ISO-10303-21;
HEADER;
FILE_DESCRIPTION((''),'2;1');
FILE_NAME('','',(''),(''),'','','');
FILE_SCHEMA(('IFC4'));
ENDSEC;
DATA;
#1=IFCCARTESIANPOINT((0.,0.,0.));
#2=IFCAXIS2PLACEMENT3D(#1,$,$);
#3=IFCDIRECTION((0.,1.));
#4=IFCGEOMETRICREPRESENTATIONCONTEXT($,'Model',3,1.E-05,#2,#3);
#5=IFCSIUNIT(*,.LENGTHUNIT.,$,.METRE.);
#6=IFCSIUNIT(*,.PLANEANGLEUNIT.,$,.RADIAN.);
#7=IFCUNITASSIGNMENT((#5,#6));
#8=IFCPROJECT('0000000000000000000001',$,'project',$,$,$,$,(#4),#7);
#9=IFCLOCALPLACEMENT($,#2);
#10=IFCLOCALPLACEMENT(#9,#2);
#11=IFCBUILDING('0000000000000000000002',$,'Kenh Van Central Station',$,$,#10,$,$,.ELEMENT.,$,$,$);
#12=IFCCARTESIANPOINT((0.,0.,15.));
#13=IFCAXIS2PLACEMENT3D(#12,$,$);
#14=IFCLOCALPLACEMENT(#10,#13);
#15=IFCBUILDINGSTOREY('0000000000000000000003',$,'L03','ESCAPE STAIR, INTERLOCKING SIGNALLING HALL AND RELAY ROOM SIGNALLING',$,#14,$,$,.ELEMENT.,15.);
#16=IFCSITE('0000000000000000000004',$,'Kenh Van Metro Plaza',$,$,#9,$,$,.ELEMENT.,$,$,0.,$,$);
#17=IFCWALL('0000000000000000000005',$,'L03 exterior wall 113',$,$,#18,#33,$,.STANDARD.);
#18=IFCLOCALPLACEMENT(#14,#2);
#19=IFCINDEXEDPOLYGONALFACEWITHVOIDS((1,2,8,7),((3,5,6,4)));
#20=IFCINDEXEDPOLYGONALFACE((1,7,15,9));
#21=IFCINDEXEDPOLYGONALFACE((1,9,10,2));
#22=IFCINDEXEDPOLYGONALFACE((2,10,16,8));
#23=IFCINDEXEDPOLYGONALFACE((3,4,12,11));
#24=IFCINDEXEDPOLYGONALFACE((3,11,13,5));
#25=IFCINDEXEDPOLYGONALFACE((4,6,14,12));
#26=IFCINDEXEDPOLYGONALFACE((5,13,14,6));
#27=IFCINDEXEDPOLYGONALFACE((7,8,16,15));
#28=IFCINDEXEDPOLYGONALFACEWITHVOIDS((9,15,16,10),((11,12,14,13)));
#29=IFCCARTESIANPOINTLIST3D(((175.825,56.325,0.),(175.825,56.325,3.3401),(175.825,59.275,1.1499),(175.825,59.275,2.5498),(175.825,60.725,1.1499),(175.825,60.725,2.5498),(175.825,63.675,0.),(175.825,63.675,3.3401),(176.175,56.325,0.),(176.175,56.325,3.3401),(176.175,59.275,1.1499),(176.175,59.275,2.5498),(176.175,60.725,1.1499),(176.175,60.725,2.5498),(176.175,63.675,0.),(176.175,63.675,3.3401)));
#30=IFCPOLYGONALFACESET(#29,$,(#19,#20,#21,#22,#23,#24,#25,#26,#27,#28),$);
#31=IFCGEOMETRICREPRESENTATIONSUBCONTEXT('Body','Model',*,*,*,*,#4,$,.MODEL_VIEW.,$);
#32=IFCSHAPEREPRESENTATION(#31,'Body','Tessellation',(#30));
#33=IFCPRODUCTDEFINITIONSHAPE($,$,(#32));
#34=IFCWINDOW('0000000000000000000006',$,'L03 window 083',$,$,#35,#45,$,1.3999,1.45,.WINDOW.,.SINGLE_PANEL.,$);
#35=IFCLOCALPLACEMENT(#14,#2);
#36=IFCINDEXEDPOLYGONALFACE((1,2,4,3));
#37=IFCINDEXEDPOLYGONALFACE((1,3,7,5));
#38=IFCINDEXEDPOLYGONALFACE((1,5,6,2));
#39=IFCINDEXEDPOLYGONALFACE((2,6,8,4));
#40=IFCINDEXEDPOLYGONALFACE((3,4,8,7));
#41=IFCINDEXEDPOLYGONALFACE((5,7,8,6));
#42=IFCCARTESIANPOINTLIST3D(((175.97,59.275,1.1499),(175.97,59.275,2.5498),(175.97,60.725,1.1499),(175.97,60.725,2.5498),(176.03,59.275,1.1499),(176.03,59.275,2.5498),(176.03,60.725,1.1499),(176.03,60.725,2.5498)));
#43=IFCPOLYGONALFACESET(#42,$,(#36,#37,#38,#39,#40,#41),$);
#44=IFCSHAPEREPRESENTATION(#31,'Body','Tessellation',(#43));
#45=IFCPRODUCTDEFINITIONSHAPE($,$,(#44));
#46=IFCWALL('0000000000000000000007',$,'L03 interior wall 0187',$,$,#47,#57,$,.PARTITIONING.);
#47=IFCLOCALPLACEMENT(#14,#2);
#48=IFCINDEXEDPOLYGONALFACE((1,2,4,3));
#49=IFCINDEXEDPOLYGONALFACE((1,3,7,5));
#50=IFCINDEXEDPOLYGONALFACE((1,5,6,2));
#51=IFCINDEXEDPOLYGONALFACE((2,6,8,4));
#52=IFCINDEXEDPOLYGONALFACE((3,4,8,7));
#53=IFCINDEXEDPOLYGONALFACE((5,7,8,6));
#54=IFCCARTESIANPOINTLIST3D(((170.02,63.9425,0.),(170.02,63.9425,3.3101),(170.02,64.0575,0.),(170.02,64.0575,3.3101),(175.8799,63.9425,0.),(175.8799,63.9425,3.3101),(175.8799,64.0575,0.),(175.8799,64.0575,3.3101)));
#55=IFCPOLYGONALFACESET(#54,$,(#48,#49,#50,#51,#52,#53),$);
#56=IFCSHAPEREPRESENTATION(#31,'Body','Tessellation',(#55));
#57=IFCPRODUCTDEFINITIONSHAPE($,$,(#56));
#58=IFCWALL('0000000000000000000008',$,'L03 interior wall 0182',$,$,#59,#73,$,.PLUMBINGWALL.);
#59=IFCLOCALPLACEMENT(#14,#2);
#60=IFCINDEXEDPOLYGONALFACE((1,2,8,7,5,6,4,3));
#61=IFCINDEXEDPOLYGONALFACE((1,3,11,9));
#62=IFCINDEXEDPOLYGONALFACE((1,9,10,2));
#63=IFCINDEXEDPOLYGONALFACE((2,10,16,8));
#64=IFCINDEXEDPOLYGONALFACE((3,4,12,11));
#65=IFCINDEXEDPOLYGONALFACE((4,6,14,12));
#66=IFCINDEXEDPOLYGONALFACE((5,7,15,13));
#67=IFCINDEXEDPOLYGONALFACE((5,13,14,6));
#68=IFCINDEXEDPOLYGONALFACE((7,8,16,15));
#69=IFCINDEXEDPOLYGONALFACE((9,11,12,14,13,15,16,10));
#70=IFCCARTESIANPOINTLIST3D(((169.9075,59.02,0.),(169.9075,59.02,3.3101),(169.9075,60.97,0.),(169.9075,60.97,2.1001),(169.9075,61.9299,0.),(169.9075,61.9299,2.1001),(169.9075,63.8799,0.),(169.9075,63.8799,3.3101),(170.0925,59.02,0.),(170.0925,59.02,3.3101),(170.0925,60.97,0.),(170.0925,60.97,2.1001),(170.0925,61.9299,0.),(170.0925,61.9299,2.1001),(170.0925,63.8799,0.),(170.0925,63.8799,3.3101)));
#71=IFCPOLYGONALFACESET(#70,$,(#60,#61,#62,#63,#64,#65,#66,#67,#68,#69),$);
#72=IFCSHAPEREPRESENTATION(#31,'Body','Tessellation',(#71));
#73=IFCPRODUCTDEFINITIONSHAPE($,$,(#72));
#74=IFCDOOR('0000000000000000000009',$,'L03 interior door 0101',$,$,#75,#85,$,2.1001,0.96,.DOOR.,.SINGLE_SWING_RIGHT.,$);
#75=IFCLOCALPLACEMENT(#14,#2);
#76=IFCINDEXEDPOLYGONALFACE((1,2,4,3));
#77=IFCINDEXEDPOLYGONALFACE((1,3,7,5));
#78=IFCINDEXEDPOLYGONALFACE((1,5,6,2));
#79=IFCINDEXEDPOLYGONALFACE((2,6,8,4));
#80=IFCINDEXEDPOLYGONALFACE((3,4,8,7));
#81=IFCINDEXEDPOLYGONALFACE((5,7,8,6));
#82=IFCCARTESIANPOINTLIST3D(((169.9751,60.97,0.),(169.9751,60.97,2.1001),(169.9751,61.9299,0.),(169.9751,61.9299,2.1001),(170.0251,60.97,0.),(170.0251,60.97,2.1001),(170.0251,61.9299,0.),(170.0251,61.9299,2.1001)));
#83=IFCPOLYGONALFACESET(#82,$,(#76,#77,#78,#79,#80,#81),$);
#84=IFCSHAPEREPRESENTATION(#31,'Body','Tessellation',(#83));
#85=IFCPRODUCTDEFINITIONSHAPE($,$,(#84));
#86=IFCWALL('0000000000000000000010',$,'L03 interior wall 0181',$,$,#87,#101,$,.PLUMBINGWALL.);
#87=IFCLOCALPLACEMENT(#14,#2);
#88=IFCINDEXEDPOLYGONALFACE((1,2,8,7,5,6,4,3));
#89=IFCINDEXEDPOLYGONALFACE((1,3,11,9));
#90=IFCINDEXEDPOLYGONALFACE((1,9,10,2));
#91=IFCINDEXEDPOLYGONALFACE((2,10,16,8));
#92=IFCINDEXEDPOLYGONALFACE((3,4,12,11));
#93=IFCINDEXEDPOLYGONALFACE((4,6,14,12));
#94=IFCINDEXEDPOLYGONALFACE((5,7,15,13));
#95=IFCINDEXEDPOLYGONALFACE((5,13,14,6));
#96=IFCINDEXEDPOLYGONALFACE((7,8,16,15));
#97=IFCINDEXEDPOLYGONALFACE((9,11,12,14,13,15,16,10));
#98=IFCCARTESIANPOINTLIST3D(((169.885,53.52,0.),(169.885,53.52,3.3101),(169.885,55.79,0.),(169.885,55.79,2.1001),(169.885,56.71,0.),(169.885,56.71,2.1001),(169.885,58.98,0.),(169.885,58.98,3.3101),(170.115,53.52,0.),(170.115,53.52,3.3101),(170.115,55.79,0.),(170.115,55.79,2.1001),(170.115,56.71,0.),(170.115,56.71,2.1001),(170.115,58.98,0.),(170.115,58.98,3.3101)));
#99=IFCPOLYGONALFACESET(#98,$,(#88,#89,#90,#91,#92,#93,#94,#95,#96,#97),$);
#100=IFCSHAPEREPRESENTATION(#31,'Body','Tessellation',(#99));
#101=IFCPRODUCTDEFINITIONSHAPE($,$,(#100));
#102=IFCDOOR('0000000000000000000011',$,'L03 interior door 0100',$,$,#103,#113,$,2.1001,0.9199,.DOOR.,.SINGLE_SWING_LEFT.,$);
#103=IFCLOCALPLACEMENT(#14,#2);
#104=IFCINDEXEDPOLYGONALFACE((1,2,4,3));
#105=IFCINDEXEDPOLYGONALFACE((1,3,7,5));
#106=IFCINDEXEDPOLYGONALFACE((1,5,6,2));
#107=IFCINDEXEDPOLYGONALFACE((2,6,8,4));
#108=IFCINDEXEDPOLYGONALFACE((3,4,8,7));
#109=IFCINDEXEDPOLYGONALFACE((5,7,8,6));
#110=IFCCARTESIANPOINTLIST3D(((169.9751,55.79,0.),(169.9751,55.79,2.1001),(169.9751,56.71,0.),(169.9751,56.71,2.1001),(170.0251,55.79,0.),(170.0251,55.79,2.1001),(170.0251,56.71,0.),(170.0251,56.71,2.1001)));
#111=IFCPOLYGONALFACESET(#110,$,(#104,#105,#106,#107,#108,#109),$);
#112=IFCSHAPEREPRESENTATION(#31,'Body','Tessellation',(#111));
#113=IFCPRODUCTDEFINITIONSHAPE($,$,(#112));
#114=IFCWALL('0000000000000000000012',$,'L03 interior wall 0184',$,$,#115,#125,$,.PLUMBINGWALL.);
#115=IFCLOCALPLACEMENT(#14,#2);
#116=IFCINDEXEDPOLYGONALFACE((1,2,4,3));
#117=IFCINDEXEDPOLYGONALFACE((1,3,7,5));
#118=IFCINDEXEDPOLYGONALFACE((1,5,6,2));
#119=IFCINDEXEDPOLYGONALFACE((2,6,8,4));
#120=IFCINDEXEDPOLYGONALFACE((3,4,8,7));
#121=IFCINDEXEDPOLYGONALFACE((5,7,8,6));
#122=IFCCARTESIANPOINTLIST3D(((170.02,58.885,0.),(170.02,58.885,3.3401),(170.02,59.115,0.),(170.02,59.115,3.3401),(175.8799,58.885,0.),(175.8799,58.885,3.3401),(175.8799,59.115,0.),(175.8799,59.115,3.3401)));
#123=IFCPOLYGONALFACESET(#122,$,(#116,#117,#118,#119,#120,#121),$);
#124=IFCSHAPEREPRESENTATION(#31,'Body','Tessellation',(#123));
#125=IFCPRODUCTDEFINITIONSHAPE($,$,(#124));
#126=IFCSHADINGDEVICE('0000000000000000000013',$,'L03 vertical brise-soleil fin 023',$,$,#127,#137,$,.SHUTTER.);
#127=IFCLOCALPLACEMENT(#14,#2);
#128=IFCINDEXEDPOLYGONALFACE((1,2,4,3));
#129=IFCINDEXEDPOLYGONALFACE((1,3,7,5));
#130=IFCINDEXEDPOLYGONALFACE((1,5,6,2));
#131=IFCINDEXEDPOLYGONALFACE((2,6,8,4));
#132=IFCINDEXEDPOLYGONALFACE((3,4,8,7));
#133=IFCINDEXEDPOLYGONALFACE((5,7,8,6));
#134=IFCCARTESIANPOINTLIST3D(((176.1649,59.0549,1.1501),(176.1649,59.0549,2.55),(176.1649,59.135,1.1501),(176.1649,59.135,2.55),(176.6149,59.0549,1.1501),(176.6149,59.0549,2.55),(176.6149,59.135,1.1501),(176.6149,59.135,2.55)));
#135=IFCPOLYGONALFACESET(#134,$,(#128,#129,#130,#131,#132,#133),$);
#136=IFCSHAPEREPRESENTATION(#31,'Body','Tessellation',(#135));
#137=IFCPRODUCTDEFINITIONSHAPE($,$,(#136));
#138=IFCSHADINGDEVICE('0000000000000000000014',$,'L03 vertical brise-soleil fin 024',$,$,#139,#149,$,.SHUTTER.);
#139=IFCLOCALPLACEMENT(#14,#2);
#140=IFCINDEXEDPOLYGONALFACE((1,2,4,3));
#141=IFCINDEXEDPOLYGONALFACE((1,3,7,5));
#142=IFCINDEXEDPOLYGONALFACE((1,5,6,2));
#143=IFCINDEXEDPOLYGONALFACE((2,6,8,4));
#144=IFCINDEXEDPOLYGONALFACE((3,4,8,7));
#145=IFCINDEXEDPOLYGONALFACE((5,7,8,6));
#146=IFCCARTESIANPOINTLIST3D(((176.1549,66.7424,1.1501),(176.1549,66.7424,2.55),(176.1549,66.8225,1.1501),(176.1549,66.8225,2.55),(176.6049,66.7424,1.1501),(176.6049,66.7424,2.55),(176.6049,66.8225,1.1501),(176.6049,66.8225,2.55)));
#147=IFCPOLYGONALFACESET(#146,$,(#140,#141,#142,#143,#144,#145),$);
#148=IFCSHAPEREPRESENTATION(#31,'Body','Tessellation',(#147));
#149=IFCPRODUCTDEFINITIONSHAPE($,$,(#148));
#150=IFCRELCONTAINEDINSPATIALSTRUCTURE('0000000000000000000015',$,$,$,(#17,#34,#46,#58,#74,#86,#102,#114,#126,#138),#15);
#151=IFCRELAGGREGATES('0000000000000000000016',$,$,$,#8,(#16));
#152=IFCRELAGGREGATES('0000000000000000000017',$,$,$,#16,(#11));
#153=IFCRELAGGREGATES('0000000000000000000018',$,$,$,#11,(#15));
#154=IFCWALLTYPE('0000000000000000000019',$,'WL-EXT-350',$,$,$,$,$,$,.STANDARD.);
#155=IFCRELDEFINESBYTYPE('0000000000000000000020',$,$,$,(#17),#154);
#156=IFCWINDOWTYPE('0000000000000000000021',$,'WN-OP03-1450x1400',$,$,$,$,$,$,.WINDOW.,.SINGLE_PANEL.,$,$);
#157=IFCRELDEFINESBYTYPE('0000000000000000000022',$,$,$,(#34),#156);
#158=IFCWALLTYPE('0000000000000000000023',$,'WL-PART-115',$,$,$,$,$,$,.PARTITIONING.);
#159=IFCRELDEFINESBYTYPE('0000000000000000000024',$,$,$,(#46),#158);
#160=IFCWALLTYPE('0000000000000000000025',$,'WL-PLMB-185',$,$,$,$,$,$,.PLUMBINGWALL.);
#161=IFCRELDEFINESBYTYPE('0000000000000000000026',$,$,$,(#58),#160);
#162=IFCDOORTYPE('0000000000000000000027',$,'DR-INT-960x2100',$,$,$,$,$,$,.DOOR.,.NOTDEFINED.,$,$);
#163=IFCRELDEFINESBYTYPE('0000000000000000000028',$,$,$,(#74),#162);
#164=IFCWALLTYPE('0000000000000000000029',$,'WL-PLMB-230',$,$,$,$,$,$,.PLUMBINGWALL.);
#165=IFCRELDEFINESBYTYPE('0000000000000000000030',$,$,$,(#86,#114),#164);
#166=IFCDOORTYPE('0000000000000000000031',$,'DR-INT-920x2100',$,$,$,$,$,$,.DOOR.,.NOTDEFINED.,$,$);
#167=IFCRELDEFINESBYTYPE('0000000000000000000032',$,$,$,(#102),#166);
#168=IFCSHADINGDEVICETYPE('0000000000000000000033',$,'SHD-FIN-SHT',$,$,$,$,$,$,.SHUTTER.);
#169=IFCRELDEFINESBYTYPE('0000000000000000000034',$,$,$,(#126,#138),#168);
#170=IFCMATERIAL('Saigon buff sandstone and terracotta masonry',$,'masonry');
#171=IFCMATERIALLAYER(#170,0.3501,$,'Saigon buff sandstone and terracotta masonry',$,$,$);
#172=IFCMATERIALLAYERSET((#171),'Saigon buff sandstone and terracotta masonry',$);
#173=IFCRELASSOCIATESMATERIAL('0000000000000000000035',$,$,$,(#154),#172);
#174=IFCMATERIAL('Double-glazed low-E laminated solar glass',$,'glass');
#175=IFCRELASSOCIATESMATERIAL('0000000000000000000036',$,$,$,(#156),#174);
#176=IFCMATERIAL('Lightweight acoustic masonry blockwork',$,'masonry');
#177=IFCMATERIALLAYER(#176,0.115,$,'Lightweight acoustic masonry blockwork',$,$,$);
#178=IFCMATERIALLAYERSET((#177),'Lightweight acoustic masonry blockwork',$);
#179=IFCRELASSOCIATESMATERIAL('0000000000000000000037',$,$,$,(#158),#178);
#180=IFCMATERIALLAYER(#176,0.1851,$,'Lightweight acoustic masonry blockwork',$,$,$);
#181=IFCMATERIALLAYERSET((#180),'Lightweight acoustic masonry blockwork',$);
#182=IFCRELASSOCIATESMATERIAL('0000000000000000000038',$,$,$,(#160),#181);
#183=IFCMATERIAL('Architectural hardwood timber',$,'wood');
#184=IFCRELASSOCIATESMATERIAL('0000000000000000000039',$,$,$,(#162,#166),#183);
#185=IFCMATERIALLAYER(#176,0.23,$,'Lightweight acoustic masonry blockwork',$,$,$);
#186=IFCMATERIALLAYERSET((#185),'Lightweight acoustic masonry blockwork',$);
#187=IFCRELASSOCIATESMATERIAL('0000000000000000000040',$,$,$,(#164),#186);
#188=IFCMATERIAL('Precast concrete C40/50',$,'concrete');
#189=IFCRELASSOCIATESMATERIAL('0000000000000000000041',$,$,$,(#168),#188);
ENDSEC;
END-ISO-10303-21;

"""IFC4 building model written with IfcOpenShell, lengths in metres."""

from ifc_helpers import new_model, si_unit, direction, frame, frame_2d, origin, origin_2d, place, context, subcontext, project, spatial, rectangle, extrude, material, layer, layer_set, type_object, element, fill, save


model = new_model("IFC4")

# Units and contexts
model_context = context("Model", 3, precision=1e-05, world=origin(), true_north=direction((0.0, 1.0)))
body_context = subcontext(model_context, "Body", "Model", "MODEL_VIEW")
ifc_project = project(units=[si_unit("LENGTHUNIT", "METRE"), si_unit("PLANEANGLEUNIT", "RADIAN")], contexts=[model_context])

# Site, building, storey
site_placement = place(None, origin())
site = spatial("IfcSite", under=ifc_project, at=site_placement, Name="Kenh Van Metro Plaza", CompositionType="ELEMENT", RefElevation=0.0)
building_placement = place(site_placement, origin())
building = spatial("IfcBuilding", under=site, at=building_placement, Name="Kenh Van Central Station", CompositionType="ELEMENT")
storey_placement = place(building_placement, frame((0.0, 0.0, 15.0)))
storey = spatial("IfcBuildingStorey", under=building, at=storey_placement, Name="L03", Description="ESCAPE STAIR, INTERLOCKING SIGNALLING HALL AND RELAY ROOM SIGNALLING", CompositionType="ELEMENT", Elevation=15.0)

# Wall, opening, window
ifc_material_1 = material(Name="Saigon buff sandstone and terracotta masonry", Category="masonry")
ifc_material_2 = material(Name="Double-glazed low-E laminated solar glass", Category="glass")
ifc_layer_1 = layer(ifc_material_1, 0.3501, Name="Saigon buff sandstone and terracotta masonry")
ifc_layer_set_1 = layer_set([ifc_layer_1], Name="Saigon buff sandstone and terracotta masonry")
wall_type_1 = type_object("IfcWallType", Name="WL-EXT-350", PredefinedType="STANDARD", material=ifc_layer_set_1)
wall_1_placement = place(storey_placement, frame((176.0, 56.325, 0.0), z_axis=(0.0, 0.0, 1.0), x_axis=(0.0, 1.0, 0.0)))
wall_1 = element("IfcWall", 1, at=wall_1_placement, inside=storey, type_object=wall_type_1, Name="L03 exterior wall 113", PredefinedType="STANDARD", context=body_context, shape_type="SweptSolid", body=[
    extrude(rectangle(XDim=7.3501, YDim=0.3501, at=frame_2d((3.675, 0.0))), origin(), (0.0, 0.0, 1.0), 3.3401),
])
opening_1_placement = place(wall_1_placement, frame((2.95, 0.0, 1.1499)))
opening_1 = element("IfcOpeningElement", 2, at=opening_1_placement, cuts=wall_1, PredefinedType="OPENING", context=body_context, shape_type="SweptSolid", body=[
    extrude(rectangle(XDim=1.45, YDim=1.3999, at=frame_2d((0.7251, 0.7))), frame((0.0, 0.1851, 0.0), z_axis=(0.0, -1.0, 0.0), x_axis=(1.0, 0.0, 0.0)), (0.0, 0.0, 1.0), 0.3701),
])
window_type_1 = type_object("IfcWindowType", Name="WN-OP03-1450x1400", PartitioningType="SINGLE_PANEL", PredefinedType="WINDOW", material=ifc_material_2)
window_1_placement = place(opening_1_placement, origin())
window_1 = element("IfcWindow", 3, at=window_1_placement, inside=storey, type_object=window_type_1, Name="L03 window 083", OverallHeight=1.3999, OverallWidth=1.45, PartitioningType="SINGLE_PANEL", PredefinedType="WINDOW", context=body_context, shape_type="SweptSolid", body=[
    extrude(rectangle(XDim=1.45, YDim=1.3999, at=frame_2d((0.7251, 0.7))), frame((0.0, 0.03, 0.0), z_axis=(0.0, -1.0, 0.0), x_axis=(1.0, 0.0, 0.0)), (0.0, 0.0, 1.0), 0.0601),
])
fill(opening_1, window_1)

# Wall
ifc_material_3 = material(Name="Lightweight acoustic masonry blockwork", Category="masonry")
ifc_layer_2 = layer(ifc_material_3, 0.115, Name="Lightweight acoustic masonry blockwork")
ifc_layer_set_2 = layer_set([ifc_layer_2], Name="Lightweight acoustic masonry blockwork")
wall_type_2 = type_object("IfcWallType", Name="WL-PART-115", PredefinedType="PARTITIONING", material=ifc_layer_set_2)
wall_2_placement = place(storey_placement, frame((170.02, 64.0, 0.0), z_axis=(0.0, 0.0, 1.0), x_axis=(1.0, 0.0, 0.0)))
element("IfcWall", 4, at=wall_2_placement, inside=storey, type_object=wall_type_2, Name="L03 interior wall 0187", PredefinedType="PARTITIONING", context=body_context, shape_type="SweptSolid", body=[
    extrude(rectangle(XDim=5.8599, YDim=0.115, at=frame_2d((2.9299, 0.0))), origin(), (0.0, 0.0, 1.0), 3.3101),
])

# Walls, openings, doors
ifc_layer_3 = layer(ifc_material_3, 0.1851, Name="Lightweight acoustic masonry blockwork")
ifc_layer_set_3 = layer_set([ifc_layer_3], Name="Lightweight acoustic masonry blockwork")
wall_type_3 = type_object("IfcWallType", Name="WL-PLMB-185", PredefinedType="PLUMBINGWALL", material=ifc_layer_set_3)
wall_3_placement = place(storey_placement, frame((170.0, 59.02, 0.0), z_axis=(0.0, 0.0, 1.0), x_axis=(0.0, 1.0, 0.0)))
wall_3 = element("IfcWall", 5, at=wall_3_placement, inside=storey, type_object=wall_type_3, Name="L03 interior wall 0182", PredefinedType="PLUMBINGWALL", context=body_context, shape_type="SweptSolid", body=[
    extrude(rectangle(XDim=4.8599, YDim=0.1851, at=frame_2d((2.4299, 0.0))), origin(), (0.0, 0.0, 1.0), 3.3101),
])
opening_2_placement = place(wall_3_placement, frame((1.95, 0.0, 0.0)))
opening_2 = element("IfcOpeningElement", 6, at=opening_2_placement, cuts=wall_3, PredefinedType="OPENING", context=body_context, shape_type="SweptSolid", body=[
    extrude(rectangle(XDim=0.96, YDim=2.1001, at=frame_2d((0.48, 1.05))), frame((0.0, 0.1025, 0.0), z_axis=(0.0, -1.0, 0.0), x_axis=(1.0, 0.0, 0.0)), (0.0, 0.0, 1.0), 0.2051),
])
ifc_material_4 = material(Name="Architectural hardwood timber", Category="wood")
door_type_1 = type_object("IfcDoorType", Name="DR-INT-960x2100", OperationType="NOTDEFINED", PredefinedType="DOOR", material=ifc_material_4)
door_1_placement = place(opening_2_placement, origin())
door_1 = element("IfcDoor", 7, at=door_1_placement, inside=storey, type_object=door_type_1, Name="L03 interior door 0101", OperationType="SINGLE_SWING_RIGHT", OverallHeight=2.1001, OverallWidth=0.96, PredefinedType="DOOR", context=body_context, shape_type="SweptSolid", body=[
    extrude(rectangle(XDim=0.96, YDim=2.1001, at=frame_2d((0.48, 1.05))), frame((0.0, 0.0249, 0.0), z_axis=(0.0, -1.0, 0.0), x_axis=(1.0, 0.0, 0.0)), (0.0, 0.0, 1.0), 0.05),
])
fill(opening_2, door_1)
ifc_layer_4 = layer(ifc_material_3, 0.23, Name="Lightweight acoustic masonry blockwork")
ifc_layer_set_4 = layer_set([ifc_layer_4], Name="Lightweight acoustic masonry blockwork")
wall_type_4 = type_object("IfcWallType", Name="WL-PLMB-230", PredefinedType="PLUMBINGWALL", material=ifc_layer_set_4)
wall_4_placement = place(storey_placement, frame((170.0, 53.52, 0.0), z_axis=(0.0, 0.0, 1.0), x_axis=(0.0, 1.0, 0.0)))
wall_4 = element("IfcWall", 8, at=wall_4_placement, inside=storey, type_object=wall_type_4, Name="L03 interior wall 0181", PredefinedType="PLUMBINGWALL", context=body_context, shape_type="SweptSolid", body=[
    extrude(rectangle(XDim=5.46, YDim=0.23, at=frame_2d((2.73, 0.0))), origin(), (0.0, 0.0, 1.0), 3.3101),
])
opening_3_placement = place(wall_4_placement, frame((2.27, 0.0, 0.0)))
opening_3 = element("IfcOpeningElement", 9, at=opening_3_placement, cuts=wall_4, PredefinedType="OPENING", context=body_context, shape_type="SweptSolid", body=[
    extrude(rectangle(XDim=0.9199, YDim=2.1001, at=frame_2d((0.46, 1.05))), frame((0.0, 0.125, 0.0), z_axis=(0.0, -1.0, 0.0), x_axis=(1.0, 0.0, 0.0)), (0.0, 0.0, 1.0), 0.25),
])
door_type_2 = type_object("IfcDoorType", Name="DR-INT-920x2100", OperationType="NOTDEFINED", PredefinedType="DOOR", material=ifc_material_4)
door_2_placement = place(opening_3_placement, origin())
door_2 = element("IfcDoor", 10, at=door_2_placement, inside=storey, type_object=door_type_2, Name="L03 interior door 0100", OperationType="SINGLE_SWING_LEFT", OverallHeight=2.1001, OverallWidth=0.9199, PredefinedType="DOOR", context=body_context, shape_type="SweptSolid", body=[
    extrude(rectangle(XDim=0.9199, YDim=2.1001, at=frame_2d((0.46, 1.05))), frame((0.0, 0.0249, 0.0), z_axis=(0.0, -1.0, 0.0), x_axis=(1.0, 0.0, 0.0)), (0.0, 0.0, 1.0), 0.05),
])
fill(opening_3, door_2)

# Wall
wall_5_placement = place(storey_placement, frame((170.02, 59.0, 0.0), z_axis=(0.0, 0.0, 1.0), x_axis=(1.0, 0.0, 0.0)))
element("IfcWall", 11, at=wall_5_placement, inside=storey, type_object=wall_type_4, Name="L03 interior wall 0184", PredefinedType="PLUMBINGWALL", context=body_context, shape_type="SweptSolid", body=[
    extrude(rectangle(XDim=5.8599, YDim=0.23, at=frame_2d((2.9299, 0.0))), origin(), (0.0, 0.0, 1.0), 3.3401),
])

# Shading devices
ifc_material_5 = material(Name="Precast concrete C40/50", Category="concrete")
shading_device_type = type_object("IfcShadingDeviceType", Name="SHD-FIN-SHT", PredefinedType="SHUTTER", material=ifc_material_5)
for number, where, z_axis, x_axis, name in (
    (12, (176.3899, 59.095, 1.1501), (0.0, 0.0, 1.0), (1.0, 0.0, 0.0), "L03 vertical brise-soleil fin 023"),
    (13, (176.3799, 66.7825, 1.1501), (0.0, 0.0, 1.0), (1.0, 0.0, 0.0), "L03 vertical brise-soleil fin 024"),
):
    element("IfcShadingDevice", number, at=place(storey_placement, frame(where, z_axis=z_axis, x_axis=x_axis)), inside=storey, type_object=shading_device_type, Name=name, PredefinedType="SHUTTER", context=body_context, shape_type="SweptSolid", body=[
        extrude(rectangle(XDim=0.45, YDim=0.0801, at=origin_2d()), origin(), (0.0, 0.0, 1.0), 1.3999),
    ])

save(model, "model.ifc")
